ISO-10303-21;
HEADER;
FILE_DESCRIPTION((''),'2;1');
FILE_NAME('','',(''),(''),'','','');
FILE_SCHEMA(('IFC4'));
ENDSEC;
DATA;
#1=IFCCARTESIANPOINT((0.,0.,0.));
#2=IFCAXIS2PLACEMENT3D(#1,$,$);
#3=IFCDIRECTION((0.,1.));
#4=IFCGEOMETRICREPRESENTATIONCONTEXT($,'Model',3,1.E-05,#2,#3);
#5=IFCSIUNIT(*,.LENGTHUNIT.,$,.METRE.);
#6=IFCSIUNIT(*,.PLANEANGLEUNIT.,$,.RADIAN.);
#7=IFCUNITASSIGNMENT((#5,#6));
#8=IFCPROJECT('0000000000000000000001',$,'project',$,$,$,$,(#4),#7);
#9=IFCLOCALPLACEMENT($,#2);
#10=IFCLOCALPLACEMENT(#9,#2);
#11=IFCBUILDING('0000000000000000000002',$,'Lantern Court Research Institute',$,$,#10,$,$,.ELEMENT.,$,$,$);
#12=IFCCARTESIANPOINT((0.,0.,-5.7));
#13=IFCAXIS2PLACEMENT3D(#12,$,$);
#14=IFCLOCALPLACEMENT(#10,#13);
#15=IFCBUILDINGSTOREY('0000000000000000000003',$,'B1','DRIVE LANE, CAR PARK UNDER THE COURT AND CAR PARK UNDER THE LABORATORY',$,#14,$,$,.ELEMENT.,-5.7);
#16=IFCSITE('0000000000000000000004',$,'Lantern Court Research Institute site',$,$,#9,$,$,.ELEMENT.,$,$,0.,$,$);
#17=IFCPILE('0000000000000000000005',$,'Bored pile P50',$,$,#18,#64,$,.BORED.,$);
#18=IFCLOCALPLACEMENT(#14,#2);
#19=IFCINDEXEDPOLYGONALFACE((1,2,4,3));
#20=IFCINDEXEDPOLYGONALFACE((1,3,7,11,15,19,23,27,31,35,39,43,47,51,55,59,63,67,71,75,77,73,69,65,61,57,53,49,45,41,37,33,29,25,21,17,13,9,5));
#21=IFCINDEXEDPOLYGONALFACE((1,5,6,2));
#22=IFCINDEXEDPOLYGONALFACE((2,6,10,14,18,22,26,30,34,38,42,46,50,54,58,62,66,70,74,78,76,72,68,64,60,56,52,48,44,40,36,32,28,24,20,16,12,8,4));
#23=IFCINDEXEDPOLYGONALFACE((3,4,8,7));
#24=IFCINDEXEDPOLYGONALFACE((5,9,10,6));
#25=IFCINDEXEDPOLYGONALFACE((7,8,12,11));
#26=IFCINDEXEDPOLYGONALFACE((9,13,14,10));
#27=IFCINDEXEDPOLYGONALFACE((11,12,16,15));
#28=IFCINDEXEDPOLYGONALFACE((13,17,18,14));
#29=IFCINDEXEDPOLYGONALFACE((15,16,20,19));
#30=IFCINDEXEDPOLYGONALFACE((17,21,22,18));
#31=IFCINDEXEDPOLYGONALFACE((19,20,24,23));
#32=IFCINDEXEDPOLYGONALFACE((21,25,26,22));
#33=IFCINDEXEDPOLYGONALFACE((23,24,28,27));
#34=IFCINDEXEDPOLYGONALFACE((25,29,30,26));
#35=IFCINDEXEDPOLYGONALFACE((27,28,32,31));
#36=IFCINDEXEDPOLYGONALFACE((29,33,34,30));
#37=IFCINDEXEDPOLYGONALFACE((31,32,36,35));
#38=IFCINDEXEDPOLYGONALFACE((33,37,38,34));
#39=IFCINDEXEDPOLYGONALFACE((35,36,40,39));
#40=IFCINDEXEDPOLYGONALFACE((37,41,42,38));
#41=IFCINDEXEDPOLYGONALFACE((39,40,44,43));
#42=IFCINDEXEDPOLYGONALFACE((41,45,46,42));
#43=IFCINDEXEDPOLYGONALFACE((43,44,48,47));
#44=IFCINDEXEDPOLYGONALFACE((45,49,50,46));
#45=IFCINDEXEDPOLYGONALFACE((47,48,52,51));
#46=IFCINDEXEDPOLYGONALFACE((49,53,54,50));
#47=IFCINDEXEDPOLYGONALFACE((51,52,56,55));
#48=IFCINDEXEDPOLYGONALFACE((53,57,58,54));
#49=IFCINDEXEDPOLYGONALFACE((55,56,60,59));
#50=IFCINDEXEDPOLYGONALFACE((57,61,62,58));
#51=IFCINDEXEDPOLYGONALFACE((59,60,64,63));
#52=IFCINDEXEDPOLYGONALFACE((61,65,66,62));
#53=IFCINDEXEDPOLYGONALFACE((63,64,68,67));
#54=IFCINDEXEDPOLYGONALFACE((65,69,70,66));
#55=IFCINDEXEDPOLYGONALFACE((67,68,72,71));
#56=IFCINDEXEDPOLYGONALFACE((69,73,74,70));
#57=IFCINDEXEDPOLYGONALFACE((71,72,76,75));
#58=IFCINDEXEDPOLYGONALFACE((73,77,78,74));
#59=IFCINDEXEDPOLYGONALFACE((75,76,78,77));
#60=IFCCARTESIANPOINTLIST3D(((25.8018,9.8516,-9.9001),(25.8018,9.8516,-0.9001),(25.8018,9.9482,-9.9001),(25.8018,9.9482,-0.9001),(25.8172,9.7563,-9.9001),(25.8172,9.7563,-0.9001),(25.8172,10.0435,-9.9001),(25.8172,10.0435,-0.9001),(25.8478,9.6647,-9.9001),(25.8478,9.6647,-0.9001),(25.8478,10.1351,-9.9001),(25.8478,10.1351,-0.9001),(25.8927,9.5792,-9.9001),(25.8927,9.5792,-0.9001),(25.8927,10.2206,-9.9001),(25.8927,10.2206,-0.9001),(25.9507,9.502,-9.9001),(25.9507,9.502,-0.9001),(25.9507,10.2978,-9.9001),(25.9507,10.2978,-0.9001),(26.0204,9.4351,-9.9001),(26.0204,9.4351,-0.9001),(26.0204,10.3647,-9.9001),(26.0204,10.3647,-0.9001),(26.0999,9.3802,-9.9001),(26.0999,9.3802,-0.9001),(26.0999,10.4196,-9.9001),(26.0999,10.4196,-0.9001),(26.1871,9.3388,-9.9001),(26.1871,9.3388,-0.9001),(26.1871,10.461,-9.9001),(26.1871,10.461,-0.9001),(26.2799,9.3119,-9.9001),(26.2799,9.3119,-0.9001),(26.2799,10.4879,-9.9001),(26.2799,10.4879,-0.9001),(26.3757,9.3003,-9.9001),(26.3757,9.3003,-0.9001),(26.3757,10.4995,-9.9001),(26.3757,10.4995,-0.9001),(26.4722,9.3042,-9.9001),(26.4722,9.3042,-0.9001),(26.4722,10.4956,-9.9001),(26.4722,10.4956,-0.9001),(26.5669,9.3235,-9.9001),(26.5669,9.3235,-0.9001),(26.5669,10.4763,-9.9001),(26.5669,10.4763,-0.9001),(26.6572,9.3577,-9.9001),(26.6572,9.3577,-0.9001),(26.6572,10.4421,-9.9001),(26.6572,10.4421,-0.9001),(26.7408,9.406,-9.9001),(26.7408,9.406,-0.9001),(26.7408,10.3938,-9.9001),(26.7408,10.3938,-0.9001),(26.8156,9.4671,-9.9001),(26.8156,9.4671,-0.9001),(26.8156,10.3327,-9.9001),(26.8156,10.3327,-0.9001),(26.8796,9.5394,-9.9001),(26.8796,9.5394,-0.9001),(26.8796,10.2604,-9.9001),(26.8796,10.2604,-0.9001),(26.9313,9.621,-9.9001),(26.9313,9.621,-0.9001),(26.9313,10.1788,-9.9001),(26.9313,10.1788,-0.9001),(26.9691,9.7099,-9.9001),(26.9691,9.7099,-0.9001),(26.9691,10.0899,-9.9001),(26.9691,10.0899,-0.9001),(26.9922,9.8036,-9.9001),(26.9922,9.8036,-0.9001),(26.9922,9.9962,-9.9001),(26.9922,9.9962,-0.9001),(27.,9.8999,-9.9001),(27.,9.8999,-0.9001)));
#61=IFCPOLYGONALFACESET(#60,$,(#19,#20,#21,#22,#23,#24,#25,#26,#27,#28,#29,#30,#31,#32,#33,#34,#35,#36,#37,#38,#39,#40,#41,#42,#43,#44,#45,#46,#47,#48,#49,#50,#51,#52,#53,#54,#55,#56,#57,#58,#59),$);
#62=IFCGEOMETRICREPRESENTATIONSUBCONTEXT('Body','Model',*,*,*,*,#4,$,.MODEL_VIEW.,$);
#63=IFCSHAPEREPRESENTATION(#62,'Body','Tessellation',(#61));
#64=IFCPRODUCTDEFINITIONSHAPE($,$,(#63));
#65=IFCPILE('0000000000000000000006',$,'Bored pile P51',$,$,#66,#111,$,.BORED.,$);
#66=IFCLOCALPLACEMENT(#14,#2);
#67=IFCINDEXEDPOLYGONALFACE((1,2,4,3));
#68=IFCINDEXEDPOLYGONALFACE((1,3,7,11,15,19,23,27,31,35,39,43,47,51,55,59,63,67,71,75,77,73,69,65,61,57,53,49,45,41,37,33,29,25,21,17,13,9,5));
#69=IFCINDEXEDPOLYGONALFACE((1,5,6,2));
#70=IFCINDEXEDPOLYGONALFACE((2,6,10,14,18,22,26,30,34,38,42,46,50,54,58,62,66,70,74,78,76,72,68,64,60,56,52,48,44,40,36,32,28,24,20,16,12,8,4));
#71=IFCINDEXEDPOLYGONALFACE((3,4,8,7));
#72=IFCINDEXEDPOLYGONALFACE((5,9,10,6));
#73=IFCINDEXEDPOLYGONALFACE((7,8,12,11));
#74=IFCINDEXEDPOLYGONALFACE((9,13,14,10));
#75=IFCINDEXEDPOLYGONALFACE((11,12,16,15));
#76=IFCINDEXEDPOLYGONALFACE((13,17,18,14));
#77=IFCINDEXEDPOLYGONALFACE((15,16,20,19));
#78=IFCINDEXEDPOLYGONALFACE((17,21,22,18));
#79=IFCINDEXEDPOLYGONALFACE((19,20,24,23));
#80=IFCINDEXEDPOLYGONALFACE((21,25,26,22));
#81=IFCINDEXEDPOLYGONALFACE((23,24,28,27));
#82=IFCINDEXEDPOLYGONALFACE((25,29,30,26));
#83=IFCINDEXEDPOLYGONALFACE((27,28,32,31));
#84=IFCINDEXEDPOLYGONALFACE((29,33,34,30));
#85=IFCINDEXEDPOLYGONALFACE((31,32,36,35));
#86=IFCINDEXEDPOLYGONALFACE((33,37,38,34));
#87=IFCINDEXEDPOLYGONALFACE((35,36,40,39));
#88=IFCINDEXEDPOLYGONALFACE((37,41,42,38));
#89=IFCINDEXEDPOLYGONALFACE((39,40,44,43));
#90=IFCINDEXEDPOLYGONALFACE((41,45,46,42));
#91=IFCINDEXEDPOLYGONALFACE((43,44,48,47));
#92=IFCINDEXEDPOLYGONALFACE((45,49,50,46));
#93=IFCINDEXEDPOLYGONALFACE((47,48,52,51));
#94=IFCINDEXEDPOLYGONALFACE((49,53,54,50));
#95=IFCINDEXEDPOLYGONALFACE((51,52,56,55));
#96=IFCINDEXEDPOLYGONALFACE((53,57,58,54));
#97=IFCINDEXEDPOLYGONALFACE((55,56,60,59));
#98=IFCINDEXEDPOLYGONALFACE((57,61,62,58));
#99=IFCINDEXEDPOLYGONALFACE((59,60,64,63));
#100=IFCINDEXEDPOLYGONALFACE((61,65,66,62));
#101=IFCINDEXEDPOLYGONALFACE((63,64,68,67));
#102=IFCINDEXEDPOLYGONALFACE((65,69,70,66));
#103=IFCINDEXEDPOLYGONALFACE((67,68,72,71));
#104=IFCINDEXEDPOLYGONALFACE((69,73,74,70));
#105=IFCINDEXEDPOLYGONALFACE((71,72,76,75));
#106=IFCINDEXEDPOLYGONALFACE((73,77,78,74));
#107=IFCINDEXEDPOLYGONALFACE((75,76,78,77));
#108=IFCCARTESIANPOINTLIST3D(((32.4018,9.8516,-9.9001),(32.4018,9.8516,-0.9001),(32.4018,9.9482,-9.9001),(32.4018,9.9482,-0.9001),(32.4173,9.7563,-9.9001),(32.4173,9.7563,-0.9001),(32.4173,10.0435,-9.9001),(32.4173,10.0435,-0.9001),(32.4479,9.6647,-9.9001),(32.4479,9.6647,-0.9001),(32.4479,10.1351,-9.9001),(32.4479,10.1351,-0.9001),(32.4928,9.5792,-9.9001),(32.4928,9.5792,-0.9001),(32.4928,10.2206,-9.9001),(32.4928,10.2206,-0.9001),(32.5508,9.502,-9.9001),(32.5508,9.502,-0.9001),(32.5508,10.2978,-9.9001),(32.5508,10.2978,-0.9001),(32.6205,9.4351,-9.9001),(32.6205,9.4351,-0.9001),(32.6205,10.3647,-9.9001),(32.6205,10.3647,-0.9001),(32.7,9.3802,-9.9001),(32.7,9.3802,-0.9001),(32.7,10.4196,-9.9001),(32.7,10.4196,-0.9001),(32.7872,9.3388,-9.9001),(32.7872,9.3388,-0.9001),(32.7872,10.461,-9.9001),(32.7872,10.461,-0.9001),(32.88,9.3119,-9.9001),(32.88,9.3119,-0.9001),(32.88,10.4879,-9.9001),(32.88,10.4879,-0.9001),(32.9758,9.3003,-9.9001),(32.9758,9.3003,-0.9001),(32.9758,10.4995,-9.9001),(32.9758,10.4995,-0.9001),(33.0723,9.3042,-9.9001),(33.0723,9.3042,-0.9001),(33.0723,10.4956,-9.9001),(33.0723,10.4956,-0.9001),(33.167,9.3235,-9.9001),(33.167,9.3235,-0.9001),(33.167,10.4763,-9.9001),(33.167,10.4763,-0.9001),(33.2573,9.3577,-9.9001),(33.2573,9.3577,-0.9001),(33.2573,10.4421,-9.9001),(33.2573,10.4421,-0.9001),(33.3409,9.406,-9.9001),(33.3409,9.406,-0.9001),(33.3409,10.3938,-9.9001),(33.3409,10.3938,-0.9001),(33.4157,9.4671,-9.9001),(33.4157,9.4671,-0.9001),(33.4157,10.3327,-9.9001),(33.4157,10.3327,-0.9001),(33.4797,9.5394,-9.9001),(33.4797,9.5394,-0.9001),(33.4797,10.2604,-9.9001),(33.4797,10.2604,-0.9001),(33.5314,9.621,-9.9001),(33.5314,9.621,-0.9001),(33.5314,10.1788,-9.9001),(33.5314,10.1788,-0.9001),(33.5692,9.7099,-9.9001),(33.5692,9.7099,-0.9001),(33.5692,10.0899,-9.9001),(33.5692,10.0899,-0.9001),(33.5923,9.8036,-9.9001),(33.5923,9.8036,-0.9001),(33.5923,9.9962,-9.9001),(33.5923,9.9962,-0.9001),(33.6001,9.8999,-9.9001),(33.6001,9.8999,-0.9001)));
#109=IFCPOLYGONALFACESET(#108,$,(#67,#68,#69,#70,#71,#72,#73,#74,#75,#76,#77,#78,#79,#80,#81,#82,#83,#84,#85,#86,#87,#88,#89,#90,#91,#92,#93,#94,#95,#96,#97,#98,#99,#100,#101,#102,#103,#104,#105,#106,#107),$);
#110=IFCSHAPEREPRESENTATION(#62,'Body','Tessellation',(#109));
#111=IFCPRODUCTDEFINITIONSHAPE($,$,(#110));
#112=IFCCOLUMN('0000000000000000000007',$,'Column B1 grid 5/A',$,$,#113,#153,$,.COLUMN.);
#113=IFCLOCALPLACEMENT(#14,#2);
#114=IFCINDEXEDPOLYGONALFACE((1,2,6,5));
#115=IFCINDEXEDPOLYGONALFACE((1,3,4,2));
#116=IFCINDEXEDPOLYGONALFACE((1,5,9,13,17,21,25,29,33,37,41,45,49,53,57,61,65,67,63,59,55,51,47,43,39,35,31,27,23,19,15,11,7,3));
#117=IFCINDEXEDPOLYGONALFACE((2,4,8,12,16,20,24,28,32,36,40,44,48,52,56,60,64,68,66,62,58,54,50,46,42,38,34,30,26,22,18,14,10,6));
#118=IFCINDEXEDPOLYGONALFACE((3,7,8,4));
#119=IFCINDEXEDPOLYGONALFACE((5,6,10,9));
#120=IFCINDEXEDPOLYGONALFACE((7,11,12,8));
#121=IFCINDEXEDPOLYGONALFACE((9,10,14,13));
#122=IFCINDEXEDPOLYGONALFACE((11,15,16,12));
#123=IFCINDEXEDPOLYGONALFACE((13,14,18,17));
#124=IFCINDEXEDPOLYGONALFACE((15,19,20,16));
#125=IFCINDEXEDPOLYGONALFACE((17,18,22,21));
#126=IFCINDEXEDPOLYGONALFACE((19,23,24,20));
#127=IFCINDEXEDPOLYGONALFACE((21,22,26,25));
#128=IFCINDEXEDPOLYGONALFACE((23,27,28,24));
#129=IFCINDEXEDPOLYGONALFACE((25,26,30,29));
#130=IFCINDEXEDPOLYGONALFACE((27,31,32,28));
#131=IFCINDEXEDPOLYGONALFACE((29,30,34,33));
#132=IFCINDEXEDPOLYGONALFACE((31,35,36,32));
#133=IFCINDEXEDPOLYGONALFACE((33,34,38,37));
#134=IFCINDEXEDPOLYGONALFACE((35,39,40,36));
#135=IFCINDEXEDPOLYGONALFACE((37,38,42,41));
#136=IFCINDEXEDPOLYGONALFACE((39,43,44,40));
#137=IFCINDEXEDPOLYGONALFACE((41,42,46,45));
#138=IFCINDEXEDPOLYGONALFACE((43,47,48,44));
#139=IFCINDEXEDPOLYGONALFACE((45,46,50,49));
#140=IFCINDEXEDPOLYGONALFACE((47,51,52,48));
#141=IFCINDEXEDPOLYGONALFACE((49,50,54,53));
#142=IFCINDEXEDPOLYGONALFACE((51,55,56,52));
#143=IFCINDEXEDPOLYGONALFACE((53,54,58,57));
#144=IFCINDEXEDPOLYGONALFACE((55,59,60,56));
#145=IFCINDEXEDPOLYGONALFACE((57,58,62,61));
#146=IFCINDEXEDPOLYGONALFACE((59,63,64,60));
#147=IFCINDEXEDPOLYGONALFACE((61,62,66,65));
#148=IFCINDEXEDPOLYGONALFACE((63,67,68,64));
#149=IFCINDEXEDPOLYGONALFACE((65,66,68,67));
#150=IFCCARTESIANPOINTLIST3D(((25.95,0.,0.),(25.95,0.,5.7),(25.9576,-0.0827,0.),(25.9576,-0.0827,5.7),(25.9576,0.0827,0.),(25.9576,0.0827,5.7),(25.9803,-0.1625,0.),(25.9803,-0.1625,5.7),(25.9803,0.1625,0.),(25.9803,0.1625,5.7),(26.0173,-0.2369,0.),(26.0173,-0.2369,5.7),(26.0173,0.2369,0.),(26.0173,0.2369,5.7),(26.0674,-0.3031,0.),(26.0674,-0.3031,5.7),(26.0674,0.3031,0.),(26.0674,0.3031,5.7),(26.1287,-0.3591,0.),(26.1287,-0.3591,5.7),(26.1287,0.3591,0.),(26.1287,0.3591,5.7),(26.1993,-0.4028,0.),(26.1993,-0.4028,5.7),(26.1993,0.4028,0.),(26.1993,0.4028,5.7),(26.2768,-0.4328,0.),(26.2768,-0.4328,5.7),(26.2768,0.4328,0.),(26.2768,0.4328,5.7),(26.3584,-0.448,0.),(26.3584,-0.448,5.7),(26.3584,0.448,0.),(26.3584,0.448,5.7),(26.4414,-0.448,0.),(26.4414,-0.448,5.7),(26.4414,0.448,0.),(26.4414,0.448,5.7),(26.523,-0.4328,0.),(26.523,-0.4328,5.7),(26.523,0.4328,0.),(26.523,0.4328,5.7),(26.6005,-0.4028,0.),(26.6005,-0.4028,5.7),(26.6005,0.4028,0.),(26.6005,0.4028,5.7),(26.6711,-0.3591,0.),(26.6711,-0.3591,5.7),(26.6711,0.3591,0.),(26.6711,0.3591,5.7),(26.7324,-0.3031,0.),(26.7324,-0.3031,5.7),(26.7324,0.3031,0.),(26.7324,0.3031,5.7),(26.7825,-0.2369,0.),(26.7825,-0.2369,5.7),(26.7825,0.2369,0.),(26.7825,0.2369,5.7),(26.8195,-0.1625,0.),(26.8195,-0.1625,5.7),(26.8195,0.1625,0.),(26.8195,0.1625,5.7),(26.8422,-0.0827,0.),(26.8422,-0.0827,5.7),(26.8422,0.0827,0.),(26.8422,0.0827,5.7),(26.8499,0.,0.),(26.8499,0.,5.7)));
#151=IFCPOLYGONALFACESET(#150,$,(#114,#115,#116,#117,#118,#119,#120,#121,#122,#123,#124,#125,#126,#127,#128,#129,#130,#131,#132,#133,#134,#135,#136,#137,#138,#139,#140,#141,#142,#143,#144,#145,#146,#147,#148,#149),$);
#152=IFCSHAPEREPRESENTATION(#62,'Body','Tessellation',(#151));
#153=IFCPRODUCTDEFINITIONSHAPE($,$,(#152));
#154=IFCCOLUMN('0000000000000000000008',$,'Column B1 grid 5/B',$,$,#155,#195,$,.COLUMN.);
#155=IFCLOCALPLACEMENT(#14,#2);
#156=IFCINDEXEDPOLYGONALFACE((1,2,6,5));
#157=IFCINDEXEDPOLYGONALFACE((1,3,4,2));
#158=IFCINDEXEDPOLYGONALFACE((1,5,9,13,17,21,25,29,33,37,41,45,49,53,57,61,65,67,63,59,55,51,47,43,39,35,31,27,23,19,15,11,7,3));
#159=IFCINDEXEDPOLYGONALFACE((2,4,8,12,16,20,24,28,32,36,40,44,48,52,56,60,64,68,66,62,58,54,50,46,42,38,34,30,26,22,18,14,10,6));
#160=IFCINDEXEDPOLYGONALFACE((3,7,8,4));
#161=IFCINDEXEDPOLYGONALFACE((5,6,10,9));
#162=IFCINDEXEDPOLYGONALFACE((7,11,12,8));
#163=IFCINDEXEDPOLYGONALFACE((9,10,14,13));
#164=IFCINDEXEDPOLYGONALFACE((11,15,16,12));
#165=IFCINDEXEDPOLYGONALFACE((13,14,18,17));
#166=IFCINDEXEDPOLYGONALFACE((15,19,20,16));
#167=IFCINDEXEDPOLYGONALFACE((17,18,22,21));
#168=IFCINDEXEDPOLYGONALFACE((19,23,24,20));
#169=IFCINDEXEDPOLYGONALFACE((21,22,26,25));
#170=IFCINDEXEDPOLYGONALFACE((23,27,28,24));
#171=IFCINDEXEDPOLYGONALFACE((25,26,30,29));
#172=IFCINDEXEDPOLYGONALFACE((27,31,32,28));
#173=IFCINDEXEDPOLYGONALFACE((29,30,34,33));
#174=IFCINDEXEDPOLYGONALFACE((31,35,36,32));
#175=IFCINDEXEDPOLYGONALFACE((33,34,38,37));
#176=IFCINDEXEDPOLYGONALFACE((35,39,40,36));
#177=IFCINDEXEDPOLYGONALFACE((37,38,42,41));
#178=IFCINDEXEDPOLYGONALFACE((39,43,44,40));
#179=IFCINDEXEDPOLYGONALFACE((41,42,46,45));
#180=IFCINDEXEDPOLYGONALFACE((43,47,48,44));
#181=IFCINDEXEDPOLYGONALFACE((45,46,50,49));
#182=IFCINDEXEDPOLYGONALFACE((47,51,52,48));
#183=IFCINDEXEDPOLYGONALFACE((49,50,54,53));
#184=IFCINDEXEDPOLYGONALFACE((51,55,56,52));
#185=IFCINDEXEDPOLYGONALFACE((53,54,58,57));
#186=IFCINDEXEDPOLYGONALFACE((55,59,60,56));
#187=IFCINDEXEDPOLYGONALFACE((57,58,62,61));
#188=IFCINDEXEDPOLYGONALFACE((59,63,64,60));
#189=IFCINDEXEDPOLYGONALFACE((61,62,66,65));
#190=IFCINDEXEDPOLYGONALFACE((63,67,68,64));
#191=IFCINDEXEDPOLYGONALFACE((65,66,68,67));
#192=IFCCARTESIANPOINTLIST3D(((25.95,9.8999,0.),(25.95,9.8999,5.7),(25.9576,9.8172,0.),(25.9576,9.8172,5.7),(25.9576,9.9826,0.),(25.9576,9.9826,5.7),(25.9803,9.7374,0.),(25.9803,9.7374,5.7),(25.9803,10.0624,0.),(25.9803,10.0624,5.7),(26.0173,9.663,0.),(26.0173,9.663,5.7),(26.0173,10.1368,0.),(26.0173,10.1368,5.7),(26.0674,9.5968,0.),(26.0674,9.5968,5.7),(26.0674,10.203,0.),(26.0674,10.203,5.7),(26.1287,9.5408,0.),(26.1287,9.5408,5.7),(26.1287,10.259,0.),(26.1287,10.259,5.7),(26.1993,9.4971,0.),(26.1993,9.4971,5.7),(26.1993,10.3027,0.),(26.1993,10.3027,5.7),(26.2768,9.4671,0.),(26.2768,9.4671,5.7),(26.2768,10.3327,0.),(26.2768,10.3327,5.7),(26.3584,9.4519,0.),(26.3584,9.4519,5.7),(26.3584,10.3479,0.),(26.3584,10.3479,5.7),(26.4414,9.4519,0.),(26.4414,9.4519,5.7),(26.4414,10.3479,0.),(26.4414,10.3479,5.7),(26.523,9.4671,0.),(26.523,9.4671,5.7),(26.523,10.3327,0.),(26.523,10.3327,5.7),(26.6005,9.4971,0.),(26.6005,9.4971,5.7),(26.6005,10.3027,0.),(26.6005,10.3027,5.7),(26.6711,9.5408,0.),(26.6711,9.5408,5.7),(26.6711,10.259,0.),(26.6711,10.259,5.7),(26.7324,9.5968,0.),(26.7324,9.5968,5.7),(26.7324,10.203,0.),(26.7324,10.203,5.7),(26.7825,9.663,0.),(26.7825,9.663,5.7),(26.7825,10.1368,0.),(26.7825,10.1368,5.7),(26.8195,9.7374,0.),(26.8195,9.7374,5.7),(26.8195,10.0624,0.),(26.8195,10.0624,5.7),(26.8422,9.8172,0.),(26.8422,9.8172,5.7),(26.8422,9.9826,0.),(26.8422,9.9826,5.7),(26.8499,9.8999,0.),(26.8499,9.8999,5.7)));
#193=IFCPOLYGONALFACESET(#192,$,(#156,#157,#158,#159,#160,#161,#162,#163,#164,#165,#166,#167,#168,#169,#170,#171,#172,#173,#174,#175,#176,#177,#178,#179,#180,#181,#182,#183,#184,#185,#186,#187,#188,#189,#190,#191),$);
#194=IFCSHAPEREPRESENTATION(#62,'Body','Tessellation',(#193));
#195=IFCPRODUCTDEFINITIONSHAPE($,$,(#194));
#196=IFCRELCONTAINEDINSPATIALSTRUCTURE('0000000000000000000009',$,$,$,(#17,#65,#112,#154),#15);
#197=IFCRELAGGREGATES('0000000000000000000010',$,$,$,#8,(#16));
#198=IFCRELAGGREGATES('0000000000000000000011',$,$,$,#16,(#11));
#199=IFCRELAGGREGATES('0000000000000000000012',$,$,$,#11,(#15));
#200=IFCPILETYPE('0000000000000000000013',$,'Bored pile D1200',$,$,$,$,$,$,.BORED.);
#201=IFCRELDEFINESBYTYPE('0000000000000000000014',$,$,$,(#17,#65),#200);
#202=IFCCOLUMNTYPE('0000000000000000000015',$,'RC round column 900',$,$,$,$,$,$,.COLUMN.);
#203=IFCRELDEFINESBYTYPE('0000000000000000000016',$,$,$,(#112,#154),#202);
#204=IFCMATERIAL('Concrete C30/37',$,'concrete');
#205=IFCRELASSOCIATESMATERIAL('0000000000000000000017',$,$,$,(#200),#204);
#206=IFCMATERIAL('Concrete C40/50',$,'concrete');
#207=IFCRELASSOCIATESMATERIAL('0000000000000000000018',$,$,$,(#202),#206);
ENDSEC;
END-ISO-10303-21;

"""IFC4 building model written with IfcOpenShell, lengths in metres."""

from ifc_helpers import new_model, si_unit, direction, frame, origin, origin_2d, place, context, subcontext, project, spatial, circle, extrude, material, material_profile, profile_set, type_object, element, save


model = new_model("IFC4")

# Units and contexts
model_context = context("Model", 3, precision=1e-05, world=origin(), true_north=direction((0.0, 1.0)))
body_context = subcontext(model_context, "Body", "Model", "MODEL_VIEW")
ifc_project = project(units=[si_unit("LENGTHUNIT", "METRE"), si_unit("PLANEANGLEUNIT", "RADIAN")], contexts=[model_context])

# Site, building, storey
site_placement = place(None, origin())
site = spatial("IfcSite", under=ifc_project, at=site_placement, Name="Lantern Court Research Institute site", CompositionType="ELEMENT", RefElevation=0.0)
building_placement = place(site_placement, origin())
building = spatial("IfcBuilding", under=site, at=building_placement, Name="Lantern Court Research Institute", CompositionType="ELEMENT")
storey_placement = place(building_placement, frame((0.0, 0.0, -5.7)))
storey = spatial("IfcBuildingStorey", under=building, at=storey_placement, Name="B1", Description="DRIVE LANE, CAR PARK UNDER THE COURT AND CAR PARK UNDER THE LABORATORY", CompositionType="ELEMENT", Elevation=-5.7)

# Piles
ifc_material_1 = material(Name="Concrete C30/37", Category="concrete")
ifc_material_profile_1 = material_profile(ifc_material_1, circle(Radius=0.6001, at=origin_2d()), Name="Bored pile D1200")
ifc_profile_set_1 = profile_set([ifc_material_profile_1], Name="Concrete C30/37")
pile_type_1 = type_object("IfcPileType", Name="Bored pile D1200", PredefinedType="BORED", material=ifc_profile_set_1)
for number, where, z_axis, x_axis, name in (
    (1, (26.3999, 9.8999, -0.9001), (0.0, 0.0, -1.0), (1.0, 0.0, 0.0), "Bored pile P50"),
    (2, (33.0, 9.8999, -0.9001), (0.0, 0.0, -1.0), (1.0, 0.0, 0.0), "Bored pile P51"),
):
    element("IfcPile", number, at=place(storey_placement, frame(where, z_axis=z_axis, x_axis=x_axis)), inside=storey, type_object=pile_type_1, Name=name, PredefinedType="BORED", context=body_context, shape_type="SweptSolid", body=[
        extrude(circle(Radius=0.6001, at=origin_2d()), origin(), (0.0, 0.0, 1.0), 9.0),
    ])

# Columns
ifc_material_2 = material(Name="Concrete C40/50", Category="concrete")
ifc_material_profile_2 = material_profile(ifc_material_2, circle(Radius=0.45, at=origin_2d()), Name="RC round column 900")
ifc_profile_set_2 = profile_set([ifc_material_profile_2], Name="Concrete C40/50")
column_type = type_object("IfcColumnType", Name="RC round column 900", PredefinedType="COLUMN", material=ifc_profile_set_2)
for number, where, z_axis, x_axis, name in (
    (3, (26.3999, 0.0, 0.0), (0.0, 0.0, 1.0), (1.0, 0.0, 0.0), "Column B1 grid 5/A"),
    (4, (26.3999, 9.8999, 0.0), (0.0, 0.0, 1.0), (1.0, 0.0, 0.0), "Column B1 grid 5/B"),
):
    element("IfcColumn", number, at=place(storey_placement, frame(where, z_axis=z_axis, x_axis=x_axis)), inside=storey, type_object=column_type, Name=name, PredefinedType="COLUMN", context=body_context, shape_type="SweptSolid", body=[
        extrude(circle(Radius=0.45, at=origin_2d()), origin(), (0.0, 0.0, 1.0), 5.7),
    ])

save(model, "model.ifc")
